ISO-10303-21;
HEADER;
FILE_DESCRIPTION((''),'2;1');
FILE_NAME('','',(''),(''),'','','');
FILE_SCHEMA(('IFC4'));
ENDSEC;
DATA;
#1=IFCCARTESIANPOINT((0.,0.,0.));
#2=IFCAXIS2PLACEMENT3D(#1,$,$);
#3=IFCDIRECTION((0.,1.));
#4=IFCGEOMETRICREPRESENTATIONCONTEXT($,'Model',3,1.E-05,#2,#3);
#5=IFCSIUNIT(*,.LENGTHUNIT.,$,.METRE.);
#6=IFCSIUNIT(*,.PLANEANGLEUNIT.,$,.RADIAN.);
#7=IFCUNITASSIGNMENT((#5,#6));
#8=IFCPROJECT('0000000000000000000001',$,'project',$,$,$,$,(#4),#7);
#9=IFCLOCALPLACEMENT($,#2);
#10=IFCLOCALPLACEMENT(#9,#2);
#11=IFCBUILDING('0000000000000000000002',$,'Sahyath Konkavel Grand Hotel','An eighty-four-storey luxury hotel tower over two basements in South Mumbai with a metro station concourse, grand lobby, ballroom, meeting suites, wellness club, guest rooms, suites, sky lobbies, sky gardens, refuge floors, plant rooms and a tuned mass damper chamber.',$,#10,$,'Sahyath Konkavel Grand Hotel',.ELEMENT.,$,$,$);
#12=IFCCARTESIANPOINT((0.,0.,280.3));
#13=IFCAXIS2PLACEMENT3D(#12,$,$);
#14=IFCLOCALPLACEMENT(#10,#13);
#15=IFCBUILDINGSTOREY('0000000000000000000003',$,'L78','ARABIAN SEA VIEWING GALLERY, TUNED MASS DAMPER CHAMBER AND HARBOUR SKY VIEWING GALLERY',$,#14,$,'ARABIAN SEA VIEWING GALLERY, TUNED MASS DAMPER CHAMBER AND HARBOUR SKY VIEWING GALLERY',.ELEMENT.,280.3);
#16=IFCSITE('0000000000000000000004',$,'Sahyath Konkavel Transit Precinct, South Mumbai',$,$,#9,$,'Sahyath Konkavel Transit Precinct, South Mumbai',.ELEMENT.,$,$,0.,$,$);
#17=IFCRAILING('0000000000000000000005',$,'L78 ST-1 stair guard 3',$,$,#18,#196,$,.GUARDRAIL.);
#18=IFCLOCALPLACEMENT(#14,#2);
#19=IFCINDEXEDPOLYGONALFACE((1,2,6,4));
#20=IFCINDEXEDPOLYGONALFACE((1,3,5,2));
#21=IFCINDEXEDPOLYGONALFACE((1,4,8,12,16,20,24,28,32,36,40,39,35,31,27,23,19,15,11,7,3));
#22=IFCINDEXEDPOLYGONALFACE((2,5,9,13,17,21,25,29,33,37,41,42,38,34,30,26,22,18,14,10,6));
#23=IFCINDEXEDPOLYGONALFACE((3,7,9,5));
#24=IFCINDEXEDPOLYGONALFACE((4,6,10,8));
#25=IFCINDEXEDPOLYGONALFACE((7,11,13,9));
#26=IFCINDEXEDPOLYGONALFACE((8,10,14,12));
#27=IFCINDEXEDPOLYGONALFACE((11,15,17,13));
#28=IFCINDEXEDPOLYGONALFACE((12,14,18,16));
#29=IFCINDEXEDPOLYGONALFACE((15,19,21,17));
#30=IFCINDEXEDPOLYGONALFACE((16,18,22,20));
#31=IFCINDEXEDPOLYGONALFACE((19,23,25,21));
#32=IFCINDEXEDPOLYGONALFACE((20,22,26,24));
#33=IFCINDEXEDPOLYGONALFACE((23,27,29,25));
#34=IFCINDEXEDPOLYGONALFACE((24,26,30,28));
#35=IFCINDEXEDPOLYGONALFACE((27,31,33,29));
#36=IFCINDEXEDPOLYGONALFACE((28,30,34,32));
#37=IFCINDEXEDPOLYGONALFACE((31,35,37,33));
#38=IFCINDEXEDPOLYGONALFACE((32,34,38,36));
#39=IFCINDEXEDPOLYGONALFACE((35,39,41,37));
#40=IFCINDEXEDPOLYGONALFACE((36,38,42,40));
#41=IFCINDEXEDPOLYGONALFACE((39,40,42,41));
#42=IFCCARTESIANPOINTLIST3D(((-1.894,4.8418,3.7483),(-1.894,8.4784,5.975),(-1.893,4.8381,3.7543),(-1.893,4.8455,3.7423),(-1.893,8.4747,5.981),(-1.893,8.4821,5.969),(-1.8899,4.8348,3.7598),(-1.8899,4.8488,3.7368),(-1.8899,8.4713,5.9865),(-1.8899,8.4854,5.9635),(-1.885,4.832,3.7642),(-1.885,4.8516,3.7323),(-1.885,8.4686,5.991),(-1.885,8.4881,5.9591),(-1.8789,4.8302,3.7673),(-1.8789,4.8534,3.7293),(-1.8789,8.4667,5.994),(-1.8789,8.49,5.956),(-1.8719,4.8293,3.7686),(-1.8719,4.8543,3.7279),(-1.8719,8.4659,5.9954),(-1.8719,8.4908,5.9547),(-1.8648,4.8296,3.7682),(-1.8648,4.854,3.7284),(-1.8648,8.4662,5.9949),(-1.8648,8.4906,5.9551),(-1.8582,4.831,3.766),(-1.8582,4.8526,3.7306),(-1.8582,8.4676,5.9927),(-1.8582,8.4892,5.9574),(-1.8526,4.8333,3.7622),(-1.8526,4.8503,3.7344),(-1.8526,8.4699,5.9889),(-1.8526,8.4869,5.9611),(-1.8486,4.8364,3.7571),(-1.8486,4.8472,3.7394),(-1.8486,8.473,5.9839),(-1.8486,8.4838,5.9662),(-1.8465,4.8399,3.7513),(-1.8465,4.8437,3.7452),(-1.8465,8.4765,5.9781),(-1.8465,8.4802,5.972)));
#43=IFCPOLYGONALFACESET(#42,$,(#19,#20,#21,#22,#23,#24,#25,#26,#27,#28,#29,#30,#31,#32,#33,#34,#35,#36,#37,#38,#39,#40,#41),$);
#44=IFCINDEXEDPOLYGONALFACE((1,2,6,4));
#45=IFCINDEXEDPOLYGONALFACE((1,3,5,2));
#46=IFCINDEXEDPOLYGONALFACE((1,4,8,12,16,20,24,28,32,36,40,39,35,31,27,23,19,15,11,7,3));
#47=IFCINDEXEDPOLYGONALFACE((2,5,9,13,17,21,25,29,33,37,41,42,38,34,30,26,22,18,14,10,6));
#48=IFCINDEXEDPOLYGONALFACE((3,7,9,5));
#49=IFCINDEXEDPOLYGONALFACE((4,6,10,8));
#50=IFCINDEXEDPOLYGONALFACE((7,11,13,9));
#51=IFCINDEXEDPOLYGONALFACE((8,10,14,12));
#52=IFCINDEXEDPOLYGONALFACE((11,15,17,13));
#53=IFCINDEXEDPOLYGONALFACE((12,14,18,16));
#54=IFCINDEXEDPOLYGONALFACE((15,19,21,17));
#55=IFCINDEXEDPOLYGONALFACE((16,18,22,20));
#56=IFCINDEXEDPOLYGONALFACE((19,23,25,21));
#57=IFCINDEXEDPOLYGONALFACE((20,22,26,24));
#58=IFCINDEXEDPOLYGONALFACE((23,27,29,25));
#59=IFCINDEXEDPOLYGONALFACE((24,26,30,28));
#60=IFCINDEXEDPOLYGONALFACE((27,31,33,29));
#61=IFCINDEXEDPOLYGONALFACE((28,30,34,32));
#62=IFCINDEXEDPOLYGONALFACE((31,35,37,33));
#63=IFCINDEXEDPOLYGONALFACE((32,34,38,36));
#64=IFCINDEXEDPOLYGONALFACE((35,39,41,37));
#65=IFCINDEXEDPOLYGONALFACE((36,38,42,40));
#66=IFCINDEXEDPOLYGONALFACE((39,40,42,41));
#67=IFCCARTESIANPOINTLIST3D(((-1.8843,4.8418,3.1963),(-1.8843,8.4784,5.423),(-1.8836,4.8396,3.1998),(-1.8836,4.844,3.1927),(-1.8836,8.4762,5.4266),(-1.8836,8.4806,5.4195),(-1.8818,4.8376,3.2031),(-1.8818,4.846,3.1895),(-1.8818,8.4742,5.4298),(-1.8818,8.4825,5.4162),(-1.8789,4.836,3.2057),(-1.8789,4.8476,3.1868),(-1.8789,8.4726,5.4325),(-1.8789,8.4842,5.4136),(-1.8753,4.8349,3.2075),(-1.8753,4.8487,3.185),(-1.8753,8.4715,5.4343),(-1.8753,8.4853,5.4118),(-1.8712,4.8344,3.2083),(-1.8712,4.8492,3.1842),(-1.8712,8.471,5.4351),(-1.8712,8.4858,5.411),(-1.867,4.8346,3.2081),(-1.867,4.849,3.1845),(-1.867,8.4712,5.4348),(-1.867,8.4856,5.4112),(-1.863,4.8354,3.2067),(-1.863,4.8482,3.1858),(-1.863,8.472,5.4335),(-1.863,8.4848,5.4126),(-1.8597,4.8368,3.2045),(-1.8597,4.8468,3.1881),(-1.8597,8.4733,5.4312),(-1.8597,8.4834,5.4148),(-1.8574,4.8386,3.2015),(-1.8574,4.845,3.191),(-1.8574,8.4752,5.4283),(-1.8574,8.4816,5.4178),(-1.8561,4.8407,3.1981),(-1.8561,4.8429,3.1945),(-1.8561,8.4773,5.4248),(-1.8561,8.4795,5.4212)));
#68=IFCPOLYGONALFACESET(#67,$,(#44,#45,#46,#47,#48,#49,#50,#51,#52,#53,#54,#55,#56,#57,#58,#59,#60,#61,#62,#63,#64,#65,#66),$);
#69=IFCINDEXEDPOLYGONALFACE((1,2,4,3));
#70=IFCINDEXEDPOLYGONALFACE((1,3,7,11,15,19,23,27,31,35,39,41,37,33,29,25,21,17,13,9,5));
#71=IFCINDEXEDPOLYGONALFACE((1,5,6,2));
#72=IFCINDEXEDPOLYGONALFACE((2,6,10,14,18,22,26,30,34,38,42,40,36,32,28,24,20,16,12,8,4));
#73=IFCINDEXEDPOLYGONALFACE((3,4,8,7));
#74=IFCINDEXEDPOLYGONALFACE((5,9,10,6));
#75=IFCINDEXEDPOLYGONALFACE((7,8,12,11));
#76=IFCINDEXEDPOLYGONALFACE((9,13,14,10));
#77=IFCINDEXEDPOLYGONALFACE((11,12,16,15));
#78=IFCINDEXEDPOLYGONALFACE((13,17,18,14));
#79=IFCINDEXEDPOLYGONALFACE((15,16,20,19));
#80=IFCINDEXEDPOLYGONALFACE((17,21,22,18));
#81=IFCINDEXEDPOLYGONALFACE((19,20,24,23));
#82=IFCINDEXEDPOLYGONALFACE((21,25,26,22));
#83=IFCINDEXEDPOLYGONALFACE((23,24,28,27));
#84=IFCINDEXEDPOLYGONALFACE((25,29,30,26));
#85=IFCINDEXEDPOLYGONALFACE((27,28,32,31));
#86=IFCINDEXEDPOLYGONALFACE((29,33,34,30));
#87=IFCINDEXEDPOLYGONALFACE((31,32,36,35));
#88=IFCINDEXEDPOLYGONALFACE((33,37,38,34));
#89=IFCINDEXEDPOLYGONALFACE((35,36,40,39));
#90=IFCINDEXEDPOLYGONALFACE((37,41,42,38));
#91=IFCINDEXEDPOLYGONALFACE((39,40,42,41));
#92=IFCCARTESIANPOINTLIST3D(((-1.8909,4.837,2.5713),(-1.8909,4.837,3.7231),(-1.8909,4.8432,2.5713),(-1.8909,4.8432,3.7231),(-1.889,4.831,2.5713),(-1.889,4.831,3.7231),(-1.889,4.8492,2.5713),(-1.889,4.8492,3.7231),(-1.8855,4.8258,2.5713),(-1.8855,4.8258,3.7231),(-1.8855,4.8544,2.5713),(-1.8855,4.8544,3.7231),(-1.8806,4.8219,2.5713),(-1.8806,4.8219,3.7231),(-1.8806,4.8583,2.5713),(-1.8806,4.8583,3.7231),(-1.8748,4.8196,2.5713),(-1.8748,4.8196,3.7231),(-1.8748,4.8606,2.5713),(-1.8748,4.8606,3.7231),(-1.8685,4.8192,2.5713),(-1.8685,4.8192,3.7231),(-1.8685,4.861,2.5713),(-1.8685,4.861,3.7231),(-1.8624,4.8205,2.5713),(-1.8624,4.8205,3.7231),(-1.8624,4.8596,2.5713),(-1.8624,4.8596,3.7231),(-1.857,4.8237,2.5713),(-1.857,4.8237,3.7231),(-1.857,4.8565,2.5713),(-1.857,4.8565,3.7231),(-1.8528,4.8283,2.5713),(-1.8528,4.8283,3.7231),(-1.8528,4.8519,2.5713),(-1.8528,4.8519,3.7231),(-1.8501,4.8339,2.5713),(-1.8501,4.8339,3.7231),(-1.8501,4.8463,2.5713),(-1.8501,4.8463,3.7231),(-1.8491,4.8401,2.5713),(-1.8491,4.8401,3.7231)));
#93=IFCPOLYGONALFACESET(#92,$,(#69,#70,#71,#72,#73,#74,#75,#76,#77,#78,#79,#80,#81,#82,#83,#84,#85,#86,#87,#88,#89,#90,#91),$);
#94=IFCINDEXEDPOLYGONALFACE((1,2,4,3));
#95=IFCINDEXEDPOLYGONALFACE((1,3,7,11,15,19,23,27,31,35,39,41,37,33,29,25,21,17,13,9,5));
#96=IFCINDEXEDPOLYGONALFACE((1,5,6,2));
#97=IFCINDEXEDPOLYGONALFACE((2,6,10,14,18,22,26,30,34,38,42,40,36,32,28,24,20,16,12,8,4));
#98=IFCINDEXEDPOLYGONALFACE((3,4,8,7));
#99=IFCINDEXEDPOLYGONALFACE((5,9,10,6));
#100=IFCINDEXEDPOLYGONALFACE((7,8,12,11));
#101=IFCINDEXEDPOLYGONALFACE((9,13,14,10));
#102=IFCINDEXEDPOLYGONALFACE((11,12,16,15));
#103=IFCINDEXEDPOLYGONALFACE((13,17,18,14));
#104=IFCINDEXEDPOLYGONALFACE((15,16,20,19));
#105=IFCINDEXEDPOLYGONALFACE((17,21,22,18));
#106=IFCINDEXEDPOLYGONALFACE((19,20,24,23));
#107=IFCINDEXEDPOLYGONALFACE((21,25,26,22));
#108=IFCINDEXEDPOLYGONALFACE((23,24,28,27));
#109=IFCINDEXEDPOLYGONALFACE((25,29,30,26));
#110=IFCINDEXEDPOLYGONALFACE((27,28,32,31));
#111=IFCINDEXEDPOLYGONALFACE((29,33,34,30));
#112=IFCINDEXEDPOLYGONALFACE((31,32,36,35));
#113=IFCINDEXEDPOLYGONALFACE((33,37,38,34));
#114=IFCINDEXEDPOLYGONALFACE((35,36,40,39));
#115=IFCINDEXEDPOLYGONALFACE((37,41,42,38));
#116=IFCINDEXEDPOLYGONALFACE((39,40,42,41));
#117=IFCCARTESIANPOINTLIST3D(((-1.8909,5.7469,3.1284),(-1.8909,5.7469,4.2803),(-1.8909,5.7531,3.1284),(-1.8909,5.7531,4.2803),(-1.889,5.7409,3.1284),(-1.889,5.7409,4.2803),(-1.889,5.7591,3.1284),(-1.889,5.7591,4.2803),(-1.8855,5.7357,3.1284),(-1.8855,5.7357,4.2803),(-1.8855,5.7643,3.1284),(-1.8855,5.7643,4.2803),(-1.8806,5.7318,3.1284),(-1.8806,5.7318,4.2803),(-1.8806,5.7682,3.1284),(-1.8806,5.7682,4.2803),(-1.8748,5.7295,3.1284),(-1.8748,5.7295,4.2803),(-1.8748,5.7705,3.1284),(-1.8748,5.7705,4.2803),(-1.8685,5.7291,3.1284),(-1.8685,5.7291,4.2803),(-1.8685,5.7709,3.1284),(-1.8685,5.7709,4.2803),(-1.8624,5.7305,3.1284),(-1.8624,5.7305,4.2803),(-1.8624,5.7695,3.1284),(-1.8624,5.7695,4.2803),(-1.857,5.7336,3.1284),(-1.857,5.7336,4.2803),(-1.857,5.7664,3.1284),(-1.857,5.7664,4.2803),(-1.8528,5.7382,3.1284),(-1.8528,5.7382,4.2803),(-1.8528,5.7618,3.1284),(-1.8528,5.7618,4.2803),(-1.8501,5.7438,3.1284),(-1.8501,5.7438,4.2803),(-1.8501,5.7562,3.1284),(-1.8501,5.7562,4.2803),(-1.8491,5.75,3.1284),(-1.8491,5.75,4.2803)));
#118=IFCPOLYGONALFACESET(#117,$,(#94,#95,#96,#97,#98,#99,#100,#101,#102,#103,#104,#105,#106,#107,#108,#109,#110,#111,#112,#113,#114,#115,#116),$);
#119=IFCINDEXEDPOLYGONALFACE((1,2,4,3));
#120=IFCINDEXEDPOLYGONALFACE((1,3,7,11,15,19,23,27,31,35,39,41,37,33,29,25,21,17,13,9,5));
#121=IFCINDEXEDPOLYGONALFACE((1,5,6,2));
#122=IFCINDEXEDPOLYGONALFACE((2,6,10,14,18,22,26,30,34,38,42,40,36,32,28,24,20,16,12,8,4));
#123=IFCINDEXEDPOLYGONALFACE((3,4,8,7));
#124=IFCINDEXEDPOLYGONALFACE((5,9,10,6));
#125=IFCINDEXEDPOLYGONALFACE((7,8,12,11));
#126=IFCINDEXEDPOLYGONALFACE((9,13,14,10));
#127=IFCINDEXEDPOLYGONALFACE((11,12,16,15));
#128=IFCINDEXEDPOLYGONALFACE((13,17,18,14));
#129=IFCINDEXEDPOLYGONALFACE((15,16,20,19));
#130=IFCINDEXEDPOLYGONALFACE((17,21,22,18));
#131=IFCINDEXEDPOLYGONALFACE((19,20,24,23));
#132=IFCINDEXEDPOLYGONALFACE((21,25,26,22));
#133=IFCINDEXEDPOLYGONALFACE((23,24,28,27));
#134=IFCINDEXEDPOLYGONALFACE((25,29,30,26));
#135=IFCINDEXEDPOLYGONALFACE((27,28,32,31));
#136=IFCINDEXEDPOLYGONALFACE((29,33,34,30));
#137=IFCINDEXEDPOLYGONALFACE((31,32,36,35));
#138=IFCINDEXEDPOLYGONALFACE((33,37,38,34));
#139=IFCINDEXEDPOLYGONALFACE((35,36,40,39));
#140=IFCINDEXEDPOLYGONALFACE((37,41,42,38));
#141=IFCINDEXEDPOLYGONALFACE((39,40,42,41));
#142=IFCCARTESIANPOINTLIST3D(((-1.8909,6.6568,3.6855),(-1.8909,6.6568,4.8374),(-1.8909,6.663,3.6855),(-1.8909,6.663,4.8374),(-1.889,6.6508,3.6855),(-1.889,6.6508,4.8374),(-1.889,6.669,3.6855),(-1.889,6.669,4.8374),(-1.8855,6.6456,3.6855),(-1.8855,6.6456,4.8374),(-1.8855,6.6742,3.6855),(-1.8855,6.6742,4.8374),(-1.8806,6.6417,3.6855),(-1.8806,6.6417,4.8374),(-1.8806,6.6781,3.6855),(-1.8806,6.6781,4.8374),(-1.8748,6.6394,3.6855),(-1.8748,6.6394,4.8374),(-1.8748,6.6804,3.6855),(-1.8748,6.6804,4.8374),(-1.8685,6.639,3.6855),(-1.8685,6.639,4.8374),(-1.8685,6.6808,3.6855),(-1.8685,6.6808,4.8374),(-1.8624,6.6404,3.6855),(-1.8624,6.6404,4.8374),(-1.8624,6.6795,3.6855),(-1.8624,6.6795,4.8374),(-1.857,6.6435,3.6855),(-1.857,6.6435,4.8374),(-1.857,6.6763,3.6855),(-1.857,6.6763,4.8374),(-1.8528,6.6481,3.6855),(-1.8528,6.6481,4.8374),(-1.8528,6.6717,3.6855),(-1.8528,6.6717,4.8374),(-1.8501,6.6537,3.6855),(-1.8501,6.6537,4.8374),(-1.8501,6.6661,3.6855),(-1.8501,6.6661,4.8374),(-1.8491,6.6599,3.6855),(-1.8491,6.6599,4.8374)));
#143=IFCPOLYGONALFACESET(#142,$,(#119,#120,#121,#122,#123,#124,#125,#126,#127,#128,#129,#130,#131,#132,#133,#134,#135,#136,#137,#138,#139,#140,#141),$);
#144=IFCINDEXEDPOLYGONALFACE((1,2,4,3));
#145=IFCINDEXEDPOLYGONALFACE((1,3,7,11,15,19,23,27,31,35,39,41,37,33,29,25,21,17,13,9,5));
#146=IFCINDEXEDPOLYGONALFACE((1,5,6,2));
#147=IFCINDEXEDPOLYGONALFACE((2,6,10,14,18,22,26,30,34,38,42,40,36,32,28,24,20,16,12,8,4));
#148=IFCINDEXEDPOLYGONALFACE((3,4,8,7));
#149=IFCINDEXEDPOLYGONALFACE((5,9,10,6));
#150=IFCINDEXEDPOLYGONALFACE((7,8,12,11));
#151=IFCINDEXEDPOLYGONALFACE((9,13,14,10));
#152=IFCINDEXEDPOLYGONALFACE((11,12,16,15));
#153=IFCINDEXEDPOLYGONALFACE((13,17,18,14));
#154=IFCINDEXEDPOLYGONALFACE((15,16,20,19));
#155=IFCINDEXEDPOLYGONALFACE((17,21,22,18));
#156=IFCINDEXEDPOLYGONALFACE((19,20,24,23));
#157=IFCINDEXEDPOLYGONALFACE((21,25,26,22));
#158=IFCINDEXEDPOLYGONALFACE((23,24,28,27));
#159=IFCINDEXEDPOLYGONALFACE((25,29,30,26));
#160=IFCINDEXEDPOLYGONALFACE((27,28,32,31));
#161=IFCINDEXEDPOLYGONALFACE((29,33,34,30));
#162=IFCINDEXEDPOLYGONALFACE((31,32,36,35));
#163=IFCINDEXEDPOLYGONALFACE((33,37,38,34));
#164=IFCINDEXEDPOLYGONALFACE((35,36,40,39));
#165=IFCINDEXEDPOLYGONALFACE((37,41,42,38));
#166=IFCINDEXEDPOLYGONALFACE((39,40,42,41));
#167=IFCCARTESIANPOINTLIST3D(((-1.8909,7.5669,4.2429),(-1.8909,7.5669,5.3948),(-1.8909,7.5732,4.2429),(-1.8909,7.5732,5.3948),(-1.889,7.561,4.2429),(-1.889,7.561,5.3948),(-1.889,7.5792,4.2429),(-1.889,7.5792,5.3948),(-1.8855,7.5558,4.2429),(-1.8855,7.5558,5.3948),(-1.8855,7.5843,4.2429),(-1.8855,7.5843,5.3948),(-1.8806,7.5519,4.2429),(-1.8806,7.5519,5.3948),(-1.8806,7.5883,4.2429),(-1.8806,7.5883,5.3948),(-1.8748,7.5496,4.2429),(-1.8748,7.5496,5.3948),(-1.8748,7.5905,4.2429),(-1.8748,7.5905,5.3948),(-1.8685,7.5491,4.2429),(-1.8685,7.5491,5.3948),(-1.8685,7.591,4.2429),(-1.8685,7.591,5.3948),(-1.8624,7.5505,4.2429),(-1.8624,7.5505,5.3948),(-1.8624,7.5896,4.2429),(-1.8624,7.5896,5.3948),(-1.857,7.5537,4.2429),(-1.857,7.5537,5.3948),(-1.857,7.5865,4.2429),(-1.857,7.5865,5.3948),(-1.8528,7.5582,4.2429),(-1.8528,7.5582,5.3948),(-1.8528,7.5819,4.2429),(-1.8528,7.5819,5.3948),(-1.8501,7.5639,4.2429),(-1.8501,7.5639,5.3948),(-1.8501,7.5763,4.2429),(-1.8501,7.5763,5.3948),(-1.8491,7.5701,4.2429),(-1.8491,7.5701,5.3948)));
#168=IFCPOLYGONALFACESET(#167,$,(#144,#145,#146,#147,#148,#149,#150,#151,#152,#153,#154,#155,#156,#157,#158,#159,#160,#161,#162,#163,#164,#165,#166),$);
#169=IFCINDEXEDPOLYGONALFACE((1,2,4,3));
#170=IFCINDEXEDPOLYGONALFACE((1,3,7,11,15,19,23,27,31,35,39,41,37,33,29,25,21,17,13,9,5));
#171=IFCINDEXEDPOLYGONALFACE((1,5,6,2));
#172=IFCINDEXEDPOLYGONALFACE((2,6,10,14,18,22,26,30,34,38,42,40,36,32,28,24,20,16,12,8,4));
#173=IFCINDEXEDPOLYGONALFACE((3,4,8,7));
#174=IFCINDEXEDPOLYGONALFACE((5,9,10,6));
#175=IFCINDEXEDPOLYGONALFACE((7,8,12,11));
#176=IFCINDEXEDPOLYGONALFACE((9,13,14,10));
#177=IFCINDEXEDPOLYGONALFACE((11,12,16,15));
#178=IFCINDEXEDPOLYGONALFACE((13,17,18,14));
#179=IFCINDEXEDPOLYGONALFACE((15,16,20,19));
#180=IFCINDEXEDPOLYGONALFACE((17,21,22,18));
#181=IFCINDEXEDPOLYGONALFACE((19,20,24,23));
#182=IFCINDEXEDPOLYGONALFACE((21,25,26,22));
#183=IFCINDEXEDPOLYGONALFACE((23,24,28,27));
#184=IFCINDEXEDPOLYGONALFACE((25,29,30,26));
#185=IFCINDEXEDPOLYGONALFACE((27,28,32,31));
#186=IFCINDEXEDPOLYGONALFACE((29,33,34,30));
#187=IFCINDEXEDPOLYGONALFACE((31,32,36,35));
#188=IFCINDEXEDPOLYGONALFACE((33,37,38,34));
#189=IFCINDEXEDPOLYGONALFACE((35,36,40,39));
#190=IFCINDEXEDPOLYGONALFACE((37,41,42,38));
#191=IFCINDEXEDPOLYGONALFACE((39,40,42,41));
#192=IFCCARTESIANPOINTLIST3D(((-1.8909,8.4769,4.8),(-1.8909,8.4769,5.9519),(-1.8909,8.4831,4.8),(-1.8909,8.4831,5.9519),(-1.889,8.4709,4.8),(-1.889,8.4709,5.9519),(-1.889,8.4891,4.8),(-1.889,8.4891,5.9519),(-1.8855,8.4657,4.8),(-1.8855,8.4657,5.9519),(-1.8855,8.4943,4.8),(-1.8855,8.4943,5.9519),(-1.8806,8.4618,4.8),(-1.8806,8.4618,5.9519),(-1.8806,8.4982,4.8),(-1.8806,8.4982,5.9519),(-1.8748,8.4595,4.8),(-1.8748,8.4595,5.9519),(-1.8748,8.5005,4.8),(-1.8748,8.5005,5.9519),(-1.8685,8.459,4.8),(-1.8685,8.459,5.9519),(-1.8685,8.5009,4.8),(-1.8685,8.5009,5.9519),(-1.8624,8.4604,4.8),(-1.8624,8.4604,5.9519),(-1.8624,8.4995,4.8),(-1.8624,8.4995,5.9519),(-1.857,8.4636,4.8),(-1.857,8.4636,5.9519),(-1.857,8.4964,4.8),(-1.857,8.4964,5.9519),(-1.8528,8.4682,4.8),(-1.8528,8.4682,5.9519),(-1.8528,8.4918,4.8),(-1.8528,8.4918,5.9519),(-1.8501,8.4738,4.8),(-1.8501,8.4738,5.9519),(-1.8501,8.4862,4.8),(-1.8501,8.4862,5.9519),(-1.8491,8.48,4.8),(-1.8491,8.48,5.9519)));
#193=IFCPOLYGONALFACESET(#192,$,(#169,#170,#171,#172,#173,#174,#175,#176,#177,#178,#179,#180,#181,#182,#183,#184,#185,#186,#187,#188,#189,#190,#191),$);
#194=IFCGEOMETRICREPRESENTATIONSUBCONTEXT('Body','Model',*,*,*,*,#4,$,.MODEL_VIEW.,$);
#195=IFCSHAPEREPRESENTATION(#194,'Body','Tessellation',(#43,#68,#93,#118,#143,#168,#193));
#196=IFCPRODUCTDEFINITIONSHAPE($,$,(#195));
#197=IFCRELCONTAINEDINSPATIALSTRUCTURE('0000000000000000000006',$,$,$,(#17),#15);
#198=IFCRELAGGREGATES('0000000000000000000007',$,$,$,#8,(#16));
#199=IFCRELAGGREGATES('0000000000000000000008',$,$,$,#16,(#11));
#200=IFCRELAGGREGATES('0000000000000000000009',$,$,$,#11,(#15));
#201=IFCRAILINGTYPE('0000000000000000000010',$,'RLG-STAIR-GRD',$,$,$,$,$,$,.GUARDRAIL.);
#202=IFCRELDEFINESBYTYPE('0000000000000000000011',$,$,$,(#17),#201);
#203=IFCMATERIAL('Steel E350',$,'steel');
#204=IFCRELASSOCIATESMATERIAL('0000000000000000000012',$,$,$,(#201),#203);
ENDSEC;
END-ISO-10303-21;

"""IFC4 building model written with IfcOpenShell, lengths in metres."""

from ifc_helpers import new_model, si_unit, direction, frame, origin, origin_2d, place, context, subcontext, project, spatial, circle, extrude, material, type_object, element, save


model = new_model("IFC4")

# Units and contexts
model_context = context("Model", 3, precision=1e-05, world=origin(), true_north=direction((0.0, 1.0)))
body_context = subcontext(model_context, "Body", "Model", "MODEL_VIEW")
ifc_project = project(units=[si_unit("LENGTHUNIT", "METRE"), si_unit("PLANEANGLEUNIT", "RADIAN")], contexts=[model_context])

# Site, building, storey
site_placement = place(None, origin())
site = spatial("IfcSite", under=ifc_project, at=site_placement, Name="Sahyath Konkavel Transit Precinct, South Mumbai", LongName="Sahyath Konkavel Transit Precinct, South Mumbai", CompositionType="ELEMENT", RefElevation=0.0)
building_placement = place(site_placement, origin())
building = spatial("IfcBuilding", under=site, at=building_placement, Name="Sahyath Konkavel Grand Hotel", Description="An eighty-four-storey luxury hotel tower over two basements in South Mumbai with a metro station concourse, grand lobby, ballroom, meeting suites, wellness club, guest rooms, suites, sky lobbies, sky gardens, refuge floors, plant rooms and a tuned mass damper chamber.", LongName="Sahyath Konkavel Grand Hotel", CompositionType="ELEMENT")
storey_placement = place(building_placement, frame((0.0, 0.0, 280.3)))
storey = spatial("IfcBuildingStorey", under=building, at=storey_placement, Name="L78", Description="ARABIAN SEA VIEWING GALLERY, TUNED MASS DAMPER CHAMBER AND HARBOUR SKY VIEWING GALLERY", LongName="ARABIAN SEA VIEWING GALLERY, TUNED MASS DAMPER CHAMBER AND HARBOUR SKY VIEWING GALLERY", CompositionType="ELEMENT", Elevation=280.3)

# Shared definitions
ifc_material_1 = material(Name="Steel E350", Category="steel")

# Railing
railing_type_1 = type_object("IfcRailingType", Name="RLG-STAIR-GRD", PredefinedType="GUARDRAIL", material=ifc_material_1)
railing_1_placement = place(storey_placement, frame((-1.8701, 4.8401, 2.5713)))
element("IfcRailing", 1, at=railing_1_placement, inside=storey, type_object=railing_type_1, Name="L78 ST-1 stair guard 3", PredefinedType="GUARDRAIL", context=body_context, shape_type="SweptSolid", body=[
    extrude(circle(Radius=0.0239, at=origin_2d()), frame((0.0, 0.0017, 1.177), z_axis=(0.0, 0.852825, 0.522197), x_axis=(-1.0, 0.0, 0.0)), (0.0, 0.0, 1.0), 4.2642),
    extrude(circle(Radius=0.0142, at=origin_2d()), frame((0.0, 0.0017, 0.625), z_axis=(0.0, 0.852825, 0.522197), x_axis=(-1.0, 0.0, 0.0)), (0.0, 0.0, 1.0), 4.2642),
    extrude(circle(Radius=0.021, at=origin_2d()), origin(), (0.0, 0.0, 1.0), 1.1519),
    extrude(circle(Radius=0.021, at=origin_2d()), frame((0.0, 0.9099, 0.5571)), (0.0, 0.0, 1.0), 1.1519),
    extrude(circle(Radius=0.021, at=origin_2d()), frame((0.0, 1.8198, 1.1143)), (0.0, 0.0, 1.0), 1.1519),
    extrude(circle(Radius=0.021, at=origin_2d()), frame((0.0, 2.73, 1.6716)), (0.0, 0.0, 1.0), 1.1519),
    extrude(circle(Radius=0.021, at=origin_2d()), frame((0.0, 3.6399, 2.2288)), (0.0, 0.0, 1.0), 1.1519),
])

save(model, "model.ifc")
